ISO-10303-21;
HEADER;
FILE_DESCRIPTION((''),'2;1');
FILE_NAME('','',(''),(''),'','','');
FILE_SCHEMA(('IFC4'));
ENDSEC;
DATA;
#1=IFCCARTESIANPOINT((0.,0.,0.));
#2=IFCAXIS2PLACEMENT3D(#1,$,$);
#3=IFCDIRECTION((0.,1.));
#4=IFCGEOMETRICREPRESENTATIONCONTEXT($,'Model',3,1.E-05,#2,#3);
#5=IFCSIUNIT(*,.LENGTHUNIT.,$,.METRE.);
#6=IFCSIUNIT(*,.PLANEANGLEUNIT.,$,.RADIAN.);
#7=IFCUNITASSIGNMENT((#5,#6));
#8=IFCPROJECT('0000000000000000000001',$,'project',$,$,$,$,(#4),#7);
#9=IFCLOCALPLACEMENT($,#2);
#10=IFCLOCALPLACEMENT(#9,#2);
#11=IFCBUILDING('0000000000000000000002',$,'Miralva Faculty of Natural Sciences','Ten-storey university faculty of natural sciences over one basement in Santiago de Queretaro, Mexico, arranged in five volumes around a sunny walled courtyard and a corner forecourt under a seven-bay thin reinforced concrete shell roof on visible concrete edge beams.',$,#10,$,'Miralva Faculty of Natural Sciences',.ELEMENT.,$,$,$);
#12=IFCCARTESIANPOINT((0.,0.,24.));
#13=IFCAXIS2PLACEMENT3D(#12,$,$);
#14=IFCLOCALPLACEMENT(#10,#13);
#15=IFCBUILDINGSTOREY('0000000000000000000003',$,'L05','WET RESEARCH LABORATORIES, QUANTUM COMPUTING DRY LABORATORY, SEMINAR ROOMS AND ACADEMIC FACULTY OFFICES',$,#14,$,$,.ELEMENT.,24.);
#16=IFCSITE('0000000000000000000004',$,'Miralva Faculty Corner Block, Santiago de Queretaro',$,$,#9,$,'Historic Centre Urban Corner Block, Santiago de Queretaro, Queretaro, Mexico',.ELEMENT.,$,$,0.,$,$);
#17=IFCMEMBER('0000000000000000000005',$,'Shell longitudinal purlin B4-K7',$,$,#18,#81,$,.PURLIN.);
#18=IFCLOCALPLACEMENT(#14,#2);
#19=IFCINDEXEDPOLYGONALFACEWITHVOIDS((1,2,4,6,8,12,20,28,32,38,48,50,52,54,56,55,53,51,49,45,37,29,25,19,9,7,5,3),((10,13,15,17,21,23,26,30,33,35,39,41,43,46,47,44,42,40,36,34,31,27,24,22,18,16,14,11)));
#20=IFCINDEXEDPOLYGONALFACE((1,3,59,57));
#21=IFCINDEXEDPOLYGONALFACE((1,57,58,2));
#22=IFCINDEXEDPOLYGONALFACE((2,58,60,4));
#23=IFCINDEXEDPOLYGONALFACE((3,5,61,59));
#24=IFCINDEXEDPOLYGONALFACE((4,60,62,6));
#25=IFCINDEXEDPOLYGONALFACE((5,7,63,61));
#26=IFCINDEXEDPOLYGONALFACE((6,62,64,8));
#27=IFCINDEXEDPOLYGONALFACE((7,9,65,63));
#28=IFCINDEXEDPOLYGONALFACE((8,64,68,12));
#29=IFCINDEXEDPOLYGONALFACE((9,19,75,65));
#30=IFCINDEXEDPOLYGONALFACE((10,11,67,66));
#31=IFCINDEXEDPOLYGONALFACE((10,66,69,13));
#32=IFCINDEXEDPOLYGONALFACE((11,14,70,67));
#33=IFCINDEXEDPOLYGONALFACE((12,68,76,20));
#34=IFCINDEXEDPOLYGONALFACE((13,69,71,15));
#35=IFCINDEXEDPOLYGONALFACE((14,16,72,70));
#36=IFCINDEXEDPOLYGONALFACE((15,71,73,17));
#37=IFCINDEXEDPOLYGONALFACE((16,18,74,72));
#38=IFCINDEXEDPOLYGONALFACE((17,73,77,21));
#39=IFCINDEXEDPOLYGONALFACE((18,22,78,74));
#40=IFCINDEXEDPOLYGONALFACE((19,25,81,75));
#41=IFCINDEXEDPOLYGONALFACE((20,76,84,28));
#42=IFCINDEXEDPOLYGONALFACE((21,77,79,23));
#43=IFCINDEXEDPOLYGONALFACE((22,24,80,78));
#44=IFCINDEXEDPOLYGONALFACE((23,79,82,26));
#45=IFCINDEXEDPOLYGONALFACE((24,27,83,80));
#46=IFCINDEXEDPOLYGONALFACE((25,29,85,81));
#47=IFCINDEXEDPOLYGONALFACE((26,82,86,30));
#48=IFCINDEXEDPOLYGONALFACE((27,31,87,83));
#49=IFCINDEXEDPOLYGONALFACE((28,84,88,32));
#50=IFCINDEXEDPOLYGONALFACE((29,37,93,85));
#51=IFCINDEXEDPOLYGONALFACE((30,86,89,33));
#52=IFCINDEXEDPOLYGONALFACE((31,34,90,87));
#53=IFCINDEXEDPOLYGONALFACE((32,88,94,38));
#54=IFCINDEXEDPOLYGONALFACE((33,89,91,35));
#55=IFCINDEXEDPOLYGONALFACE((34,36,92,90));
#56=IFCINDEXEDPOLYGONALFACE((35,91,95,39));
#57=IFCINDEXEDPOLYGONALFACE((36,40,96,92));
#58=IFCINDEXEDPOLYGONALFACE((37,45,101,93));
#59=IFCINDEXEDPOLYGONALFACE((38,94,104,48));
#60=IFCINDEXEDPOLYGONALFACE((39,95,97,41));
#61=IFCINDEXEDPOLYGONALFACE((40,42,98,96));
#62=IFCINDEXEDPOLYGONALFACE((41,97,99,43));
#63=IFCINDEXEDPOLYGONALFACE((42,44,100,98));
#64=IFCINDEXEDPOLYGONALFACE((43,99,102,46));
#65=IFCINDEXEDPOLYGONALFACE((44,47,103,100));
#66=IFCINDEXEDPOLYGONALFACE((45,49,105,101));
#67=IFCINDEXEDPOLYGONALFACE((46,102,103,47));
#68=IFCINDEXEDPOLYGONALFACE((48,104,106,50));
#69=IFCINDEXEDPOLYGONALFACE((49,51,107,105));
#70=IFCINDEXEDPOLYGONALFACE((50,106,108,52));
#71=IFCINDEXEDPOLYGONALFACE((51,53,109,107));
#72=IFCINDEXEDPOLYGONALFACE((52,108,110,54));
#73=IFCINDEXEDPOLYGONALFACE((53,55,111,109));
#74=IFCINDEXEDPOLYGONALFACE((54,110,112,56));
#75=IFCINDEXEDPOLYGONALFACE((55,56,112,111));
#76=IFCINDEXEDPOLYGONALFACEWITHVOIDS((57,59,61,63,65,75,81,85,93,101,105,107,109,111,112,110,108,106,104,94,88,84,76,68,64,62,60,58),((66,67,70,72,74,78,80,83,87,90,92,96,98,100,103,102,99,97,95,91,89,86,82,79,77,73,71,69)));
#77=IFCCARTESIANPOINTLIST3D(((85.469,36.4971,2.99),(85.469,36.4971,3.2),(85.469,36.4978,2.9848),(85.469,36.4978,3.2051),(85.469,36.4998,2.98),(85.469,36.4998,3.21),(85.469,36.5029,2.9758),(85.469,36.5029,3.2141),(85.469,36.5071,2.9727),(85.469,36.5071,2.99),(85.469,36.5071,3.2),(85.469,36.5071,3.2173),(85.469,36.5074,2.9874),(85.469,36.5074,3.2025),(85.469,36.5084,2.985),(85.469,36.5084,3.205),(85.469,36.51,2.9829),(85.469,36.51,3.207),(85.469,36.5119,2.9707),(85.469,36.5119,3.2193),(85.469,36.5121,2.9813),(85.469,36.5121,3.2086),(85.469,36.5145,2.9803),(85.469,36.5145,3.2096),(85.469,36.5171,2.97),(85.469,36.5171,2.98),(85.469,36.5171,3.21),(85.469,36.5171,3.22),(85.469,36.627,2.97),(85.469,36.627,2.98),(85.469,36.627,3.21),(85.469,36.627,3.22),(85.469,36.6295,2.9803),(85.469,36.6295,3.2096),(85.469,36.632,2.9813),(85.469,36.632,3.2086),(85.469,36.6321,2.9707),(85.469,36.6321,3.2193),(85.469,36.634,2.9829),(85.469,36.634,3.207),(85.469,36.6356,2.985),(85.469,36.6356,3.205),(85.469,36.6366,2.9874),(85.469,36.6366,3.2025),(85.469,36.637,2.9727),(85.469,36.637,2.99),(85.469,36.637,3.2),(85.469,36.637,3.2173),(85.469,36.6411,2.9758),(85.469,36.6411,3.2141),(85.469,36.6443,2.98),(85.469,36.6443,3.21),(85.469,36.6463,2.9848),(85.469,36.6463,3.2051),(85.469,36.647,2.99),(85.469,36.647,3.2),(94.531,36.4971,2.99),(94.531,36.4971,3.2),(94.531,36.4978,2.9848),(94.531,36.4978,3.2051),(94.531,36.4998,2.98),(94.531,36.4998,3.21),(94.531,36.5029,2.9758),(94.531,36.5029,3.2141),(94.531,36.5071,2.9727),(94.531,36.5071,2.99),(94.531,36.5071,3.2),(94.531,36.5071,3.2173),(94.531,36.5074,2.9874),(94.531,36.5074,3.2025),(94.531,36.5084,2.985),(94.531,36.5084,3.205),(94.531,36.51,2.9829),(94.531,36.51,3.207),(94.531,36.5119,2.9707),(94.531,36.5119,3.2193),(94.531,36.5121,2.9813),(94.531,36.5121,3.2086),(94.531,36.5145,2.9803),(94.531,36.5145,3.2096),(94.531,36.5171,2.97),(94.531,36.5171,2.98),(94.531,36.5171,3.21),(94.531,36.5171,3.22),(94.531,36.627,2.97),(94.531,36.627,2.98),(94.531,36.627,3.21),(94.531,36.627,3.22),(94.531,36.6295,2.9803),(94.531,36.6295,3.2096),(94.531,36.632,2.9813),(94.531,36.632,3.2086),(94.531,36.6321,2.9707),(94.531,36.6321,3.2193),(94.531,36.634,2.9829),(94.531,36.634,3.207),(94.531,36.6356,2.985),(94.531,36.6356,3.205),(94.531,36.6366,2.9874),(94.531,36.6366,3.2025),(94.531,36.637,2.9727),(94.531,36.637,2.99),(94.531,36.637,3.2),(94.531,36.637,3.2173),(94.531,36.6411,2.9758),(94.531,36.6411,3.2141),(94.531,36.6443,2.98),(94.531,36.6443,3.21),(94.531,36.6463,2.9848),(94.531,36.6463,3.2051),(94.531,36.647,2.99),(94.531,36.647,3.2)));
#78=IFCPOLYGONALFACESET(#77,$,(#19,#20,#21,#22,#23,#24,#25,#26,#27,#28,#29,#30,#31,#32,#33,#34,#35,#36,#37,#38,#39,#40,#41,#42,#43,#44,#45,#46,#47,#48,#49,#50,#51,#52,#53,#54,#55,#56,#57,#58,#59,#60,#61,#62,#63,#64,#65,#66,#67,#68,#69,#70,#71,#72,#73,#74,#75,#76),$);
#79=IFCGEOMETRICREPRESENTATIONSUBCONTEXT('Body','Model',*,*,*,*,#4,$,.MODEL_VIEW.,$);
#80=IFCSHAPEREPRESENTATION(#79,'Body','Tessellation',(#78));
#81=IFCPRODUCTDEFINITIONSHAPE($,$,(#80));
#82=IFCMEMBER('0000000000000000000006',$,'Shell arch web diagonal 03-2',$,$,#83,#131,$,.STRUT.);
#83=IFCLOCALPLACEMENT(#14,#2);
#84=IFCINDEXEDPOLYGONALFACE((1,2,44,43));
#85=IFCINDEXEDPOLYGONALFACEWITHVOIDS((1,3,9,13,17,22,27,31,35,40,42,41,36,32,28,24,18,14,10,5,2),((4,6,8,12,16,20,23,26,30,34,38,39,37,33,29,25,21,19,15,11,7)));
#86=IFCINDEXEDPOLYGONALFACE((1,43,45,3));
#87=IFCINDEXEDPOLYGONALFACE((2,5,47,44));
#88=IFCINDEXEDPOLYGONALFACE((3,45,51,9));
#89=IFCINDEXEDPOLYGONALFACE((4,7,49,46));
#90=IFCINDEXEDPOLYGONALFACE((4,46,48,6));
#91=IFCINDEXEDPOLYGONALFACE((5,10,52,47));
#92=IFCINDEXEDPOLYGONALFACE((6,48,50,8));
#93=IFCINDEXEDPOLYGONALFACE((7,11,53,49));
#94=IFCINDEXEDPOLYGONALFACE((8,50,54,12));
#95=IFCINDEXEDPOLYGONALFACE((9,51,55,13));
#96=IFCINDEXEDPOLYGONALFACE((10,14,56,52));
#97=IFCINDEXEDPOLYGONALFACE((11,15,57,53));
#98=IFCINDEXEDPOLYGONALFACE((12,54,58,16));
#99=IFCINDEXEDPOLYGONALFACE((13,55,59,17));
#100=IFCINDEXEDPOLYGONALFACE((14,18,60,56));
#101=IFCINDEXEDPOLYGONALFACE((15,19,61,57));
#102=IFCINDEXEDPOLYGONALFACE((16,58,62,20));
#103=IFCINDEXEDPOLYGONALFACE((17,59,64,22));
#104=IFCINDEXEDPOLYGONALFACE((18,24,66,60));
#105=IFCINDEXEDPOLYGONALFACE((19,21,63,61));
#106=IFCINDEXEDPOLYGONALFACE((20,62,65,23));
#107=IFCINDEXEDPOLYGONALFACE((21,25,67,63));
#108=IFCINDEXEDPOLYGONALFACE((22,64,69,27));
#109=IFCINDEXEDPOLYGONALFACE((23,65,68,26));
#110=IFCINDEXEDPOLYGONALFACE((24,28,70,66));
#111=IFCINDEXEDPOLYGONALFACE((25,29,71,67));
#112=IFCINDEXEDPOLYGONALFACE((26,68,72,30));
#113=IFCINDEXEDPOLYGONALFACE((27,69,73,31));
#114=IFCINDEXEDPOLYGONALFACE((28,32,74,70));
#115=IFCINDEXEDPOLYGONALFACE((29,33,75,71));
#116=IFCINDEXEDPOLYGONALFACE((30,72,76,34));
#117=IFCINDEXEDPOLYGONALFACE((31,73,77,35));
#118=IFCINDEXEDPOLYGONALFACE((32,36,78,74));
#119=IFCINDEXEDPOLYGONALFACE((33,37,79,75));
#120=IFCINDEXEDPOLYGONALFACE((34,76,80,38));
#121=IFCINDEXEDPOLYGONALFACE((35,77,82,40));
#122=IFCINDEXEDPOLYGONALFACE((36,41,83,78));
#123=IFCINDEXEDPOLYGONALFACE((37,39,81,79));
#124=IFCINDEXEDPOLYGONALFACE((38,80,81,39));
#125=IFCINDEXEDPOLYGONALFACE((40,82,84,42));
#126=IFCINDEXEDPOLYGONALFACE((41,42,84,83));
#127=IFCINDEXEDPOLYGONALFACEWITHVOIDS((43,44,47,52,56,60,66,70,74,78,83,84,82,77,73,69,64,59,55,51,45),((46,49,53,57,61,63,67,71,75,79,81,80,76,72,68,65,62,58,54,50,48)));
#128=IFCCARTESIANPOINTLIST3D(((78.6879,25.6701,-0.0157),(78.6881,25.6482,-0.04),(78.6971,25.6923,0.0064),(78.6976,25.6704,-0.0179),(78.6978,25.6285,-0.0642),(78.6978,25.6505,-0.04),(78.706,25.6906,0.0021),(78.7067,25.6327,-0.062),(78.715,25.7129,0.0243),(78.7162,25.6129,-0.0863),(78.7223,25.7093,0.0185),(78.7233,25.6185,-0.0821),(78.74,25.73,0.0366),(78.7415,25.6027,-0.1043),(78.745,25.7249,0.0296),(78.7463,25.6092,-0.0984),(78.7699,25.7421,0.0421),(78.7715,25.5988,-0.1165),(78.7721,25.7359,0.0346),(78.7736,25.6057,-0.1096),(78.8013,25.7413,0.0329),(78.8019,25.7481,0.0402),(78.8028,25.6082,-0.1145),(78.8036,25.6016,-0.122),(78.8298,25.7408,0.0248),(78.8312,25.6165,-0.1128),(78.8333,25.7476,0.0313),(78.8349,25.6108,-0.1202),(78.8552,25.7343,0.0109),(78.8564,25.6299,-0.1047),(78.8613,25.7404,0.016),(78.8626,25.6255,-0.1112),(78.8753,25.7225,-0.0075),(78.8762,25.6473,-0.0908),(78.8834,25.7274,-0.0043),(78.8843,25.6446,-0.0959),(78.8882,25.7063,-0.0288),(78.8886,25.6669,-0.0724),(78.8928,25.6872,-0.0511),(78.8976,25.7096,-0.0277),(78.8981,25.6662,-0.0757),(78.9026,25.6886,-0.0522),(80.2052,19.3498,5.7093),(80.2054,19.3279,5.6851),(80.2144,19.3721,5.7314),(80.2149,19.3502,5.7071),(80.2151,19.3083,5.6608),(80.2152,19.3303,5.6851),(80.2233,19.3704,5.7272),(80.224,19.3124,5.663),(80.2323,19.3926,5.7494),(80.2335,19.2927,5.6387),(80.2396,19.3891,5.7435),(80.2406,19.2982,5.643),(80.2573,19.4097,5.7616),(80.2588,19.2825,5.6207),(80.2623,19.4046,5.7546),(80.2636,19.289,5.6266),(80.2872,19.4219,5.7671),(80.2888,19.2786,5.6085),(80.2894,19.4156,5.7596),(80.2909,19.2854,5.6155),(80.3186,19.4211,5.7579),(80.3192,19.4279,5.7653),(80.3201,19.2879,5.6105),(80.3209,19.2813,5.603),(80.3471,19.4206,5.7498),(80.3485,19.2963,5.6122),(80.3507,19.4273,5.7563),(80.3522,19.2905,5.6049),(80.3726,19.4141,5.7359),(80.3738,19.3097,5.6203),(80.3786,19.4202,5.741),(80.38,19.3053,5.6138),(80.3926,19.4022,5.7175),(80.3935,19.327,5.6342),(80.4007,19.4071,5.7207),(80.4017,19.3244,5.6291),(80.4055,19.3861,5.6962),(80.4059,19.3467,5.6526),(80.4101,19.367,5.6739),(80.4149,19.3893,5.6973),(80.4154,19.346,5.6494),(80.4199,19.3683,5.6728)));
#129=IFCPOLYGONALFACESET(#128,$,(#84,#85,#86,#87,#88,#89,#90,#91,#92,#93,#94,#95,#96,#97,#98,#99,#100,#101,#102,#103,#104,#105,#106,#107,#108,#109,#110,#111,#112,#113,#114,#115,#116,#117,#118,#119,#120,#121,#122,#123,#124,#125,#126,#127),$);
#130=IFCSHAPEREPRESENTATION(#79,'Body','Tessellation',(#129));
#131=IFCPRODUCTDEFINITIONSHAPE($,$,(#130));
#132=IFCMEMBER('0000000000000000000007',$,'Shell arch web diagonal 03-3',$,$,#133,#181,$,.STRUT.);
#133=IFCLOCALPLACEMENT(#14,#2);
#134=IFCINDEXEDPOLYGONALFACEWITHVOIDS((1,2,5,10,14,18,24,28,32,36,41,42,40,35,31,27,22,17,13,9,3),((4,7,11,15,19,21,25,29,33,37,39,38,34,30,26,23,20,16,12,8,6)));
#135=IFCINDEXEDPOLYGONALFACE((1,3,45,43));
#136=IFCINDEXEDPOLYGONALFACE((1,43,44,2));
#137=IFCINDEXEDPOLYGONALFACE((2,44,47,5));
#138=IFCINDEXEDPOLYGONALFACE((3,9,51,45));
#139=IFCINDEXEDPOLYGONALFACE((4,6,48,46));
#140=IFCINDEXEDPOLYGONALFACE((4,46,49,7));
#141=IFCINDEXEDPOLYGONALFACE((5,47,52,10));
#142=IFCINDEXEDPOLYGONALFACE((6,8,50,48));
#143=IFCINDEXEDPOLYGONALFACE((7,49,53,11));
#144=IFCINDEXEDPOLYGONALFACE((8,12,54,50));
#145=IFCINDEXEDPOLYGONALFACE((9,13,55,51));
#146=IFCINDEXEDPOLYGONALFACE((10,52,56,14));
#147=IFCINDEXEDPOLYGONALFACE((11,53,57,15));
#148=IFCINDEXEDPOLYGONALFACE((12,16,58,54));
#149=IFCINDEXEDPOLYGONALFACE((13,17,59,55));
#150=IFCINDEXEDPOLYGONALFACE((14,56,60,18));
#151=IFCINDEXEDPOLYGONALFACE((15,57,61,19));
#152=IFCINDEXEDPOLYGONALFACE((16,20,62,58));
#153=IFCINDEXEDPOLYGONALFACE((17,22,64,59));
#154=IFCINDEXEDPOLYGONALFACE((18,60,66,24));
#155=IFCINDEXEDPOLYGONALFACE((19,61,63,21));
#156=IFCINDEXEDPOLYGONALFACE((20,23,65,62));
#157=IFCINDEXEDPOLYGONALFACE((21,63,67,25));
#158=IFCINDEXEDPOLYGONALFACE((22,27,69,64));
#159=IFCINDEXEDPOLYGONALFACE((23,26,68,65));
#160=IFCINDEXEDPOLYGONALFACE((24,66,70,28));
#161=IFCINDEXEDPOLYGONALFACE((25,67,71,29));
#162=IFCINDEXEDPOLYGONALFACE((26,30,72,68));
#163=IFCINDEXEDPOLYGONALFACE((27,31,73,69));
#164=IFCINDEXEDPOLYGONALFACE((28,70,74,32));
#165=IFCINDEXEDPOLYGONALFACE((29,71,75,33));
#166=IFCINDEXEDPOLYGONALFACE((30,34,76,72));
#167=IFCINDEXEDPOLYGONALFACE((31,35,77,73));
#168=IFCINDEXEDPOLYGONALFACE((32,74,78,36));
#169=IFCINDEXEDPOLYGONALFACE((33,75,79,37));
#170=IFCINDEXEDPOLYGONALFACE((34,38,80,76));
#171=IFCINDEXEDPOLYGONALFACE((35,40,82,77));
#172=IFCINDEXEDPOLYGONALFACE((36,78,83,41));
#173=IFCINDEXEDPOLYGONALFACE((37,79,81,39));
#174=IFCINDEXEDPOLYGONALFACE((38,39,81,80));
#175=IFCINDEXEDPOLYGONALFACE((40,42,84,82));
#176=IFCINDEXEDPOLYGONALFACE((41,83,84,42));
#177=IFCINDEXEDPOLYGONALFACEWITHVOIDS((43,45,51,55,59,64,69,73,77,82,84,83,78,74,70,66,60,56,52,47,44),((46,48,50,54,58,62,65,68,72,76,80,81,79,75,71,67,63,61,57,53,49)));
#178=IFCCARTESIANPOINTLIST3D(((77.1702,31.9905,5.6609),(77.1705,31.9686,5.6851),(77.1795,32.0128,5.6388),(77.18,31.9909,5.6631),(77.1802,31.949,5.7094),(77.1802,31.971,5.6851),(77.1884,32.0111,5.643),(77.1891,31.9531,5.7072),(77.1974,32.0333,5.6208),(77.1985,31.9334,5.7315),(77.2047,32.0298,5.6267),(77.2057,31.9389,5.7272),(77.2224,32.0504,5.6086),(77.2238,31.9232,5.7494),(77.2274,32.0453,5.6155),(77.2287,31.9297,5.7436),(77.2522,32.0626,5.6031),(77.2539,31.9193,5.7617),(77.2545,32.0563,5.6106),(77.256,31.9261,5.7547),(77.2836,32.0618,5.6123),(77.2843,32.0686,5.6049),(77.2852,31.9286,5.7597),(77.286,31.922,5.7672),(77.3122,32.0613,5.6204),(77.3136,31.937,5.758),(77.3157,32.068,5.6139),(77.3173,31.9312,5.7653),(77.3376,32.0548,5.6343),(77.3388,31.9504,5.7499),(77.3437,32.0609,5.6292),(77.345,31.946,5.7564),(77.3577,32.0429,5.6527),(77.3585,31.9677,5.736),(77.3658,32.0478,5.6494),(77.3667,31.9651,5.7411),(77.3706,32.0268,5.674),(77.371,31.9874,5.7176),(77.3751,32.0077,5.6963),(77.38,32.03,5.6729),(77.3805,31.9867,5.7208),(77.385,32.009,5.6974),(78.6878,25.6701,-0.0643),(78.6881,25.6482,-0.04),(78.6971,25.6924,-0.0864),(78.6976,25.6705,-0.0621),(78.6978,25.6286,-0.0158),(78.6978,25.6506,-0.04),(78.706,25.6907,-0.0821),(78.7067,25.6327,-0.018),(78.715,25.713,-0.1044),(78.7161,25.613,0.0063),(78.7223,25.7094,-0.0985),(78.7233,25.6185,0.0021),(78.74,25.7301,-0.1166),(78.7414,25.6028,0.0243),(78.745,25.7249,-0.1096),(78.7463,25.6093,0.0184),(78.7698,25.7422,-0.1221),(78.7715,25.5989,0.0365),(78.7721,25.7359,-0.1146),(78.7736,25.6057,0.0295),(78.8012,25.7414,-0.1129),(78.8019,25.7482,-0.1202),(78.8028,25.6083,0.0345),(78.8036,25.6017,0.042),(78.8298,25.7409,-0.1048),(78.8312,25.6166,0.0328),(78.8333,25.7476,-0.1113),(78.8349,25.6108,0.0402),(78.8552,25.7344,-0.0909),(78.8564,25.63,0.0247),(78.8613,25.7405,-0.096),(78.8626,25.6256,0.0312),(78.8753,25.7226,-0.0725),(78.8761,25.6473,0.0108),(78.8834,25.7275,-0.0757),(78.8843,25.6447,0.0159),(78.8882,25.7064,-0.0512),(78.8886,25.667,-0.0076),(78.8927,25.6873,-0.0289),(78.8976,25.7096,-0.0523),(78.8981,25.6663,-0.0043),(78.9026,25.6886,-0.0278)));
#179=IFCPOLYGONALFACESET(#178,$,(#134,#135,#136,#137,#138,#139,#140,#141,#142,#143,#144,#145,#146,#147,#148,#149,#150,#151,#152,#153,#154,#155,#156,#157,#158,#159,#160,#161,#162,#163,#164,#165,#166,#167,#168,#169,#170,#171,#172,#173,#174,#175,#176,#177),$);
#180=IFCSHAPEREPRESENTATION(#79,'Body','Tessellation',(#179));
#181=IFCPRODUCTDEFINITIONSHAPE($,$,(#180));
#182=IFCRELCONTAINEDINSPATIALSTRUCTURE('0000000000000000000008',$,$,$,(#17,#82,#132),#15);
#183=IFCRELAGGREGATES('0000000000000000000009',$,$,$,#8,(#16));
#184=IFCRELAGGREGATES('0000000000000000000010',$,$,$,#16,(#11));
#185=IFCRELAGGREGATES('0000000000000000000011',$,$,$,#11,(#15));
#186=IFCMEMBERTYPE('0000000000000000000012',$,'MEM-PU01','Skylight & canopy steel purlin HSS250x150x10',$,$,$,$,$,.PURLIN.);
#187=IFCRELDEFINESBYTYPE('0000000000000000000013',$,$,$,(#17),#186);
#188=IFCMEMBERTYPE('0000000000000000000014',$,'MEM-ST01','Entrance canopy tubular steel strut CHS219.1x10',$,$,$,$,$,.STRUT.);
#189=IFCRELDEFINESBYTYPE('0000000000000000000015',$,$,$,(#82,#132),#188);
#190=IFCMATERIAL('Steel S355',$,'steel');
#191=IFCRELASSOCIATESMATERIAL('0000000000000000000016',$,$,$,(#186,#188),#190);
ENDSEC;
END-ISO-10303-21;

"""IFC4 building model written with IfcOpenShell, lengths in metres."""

from ifc_helpers import new_model, si_unit, direction, frame, origin, origin_2d, place, context, subcontext, project, spatial, hollow_rectangle, hollow_circle, extrude, material, material_profile, profile_set, type_object, element, save


model = new_model("IFC4")

# Units and contexts
model_context = context("Model", 3, precision=1e-05, world=origin(), true_north=direction((0.0, 1.0)))
body_context = subcontext(model_context, "Body", "Model", "MODEL_VIEW")
ifc_project = project(units=[si_unit("LENGTHUNIT", "METRE"), si_unit("PLANEANGLEUNIT", "RADIAN")], contexts=[model_context])

# Site, building, storey
site_placement = place(None, origin())
site = spatial("IfcSite", under=ifc_project, at=site_placement, Name="Miralva Faculty Corner Block, Santiago de Queretaro", LongName="Historic Centre Urban Corner Block, Santiago de Queretaro, Queretaro, Mexico", CompositionType="ELEMENT", RefElevation=0.0)
building_placement = place(site_placement, origin())
building = spatial("IfcBuilding", under=site, at=building_placement, Name="Miralva Faculty of Natural Sciences", Description="Ten-storey university faculty of natural sciences over one basement in Santiago de Queretaro, Mexico, arranged in five volumes around a sunny walled courtyard and a corner forecourt under a seven-bay thin reinforced concrete shell roof on visible concrete edge beams.", LongName="Miralva Faculty of Natural Sciences", CompositionType="ELEMENT")
storey_placement = place(building_placement, frame((0.0, 0.0, 24.0)))
storey = spatial("IfcBuildingStorey", under=building, at=storey_placement, Name="L05", Description="WET RESEARCH LABORATORIES, QUANTUM COMPUTING DRY LABORATORY, SEMINAR ROOMS AND ACADEMIC FACULTY OFFICES", CompositionType="ELEMENT", Elevation=24.0)

# Shared definitions
ifc_material_1 = material(Name="Steel S355", Category="steel")

# Members
ifc_material_profile_1 = material_profile(ifc_material_1, hollow_rectangle(XDim=0.1499, YDim=0.25, WallThickness=0.01, InnerFilletRadius=0.01, OuterFilletRadius=0.02, at=origin_2d()), Name="HSS 250x150x10")
ifc_profile_set_1 = profile_set([ifc_material_profile_1], Name="Steel S355")
member_type_1 = type_object("IfcMemberType", Name="MEM-PU01", Description="Skylight & canopy steel purlin HSS250x150x10", PredefinedType="PURLIN", material=ifc_profile_set_1)
member_1_placement = place(storey_placement, frame((85.469, 36.572, 3.095), z_axis=(1.0, 0.0, 0.0), x_axis=(0.0, 1.0, 0.0)))
element("IfcMember", 1, at=member_1_placement, inside=storey, type_object=member_type_1, Name="Shell longitudinal purlin B4-K7", PredefinedType="PURLIN", context=body_context, shape_type="SweptSolid", body=[
    extrude(hollow_rectangle(XDim=0.1499, YDim=0.25, WallThickness=0.01, InnerFilletRadius=0.01, OuterFilletRadius=0.02, at=origin_2d()), origin(), (0.0, 0.0, 1.0), 9.062),
])
ifc_material_profile_2 = material_profile(ifc_material_1, hollow_circle(Radius=0.1096, WallThickness=0.01, at=origin_2d()), Name="CHS 219.1x10")
ifc_profile_set_2 = profile_set([ifc_material_profile_2], Name="Steel S355")
member_type_2 = type_object("IfcMemberType", Name="MEM-ST01", Description="Entrance canopy tubular steel strut CHS219.1x10", PredefinedType="STRUT", material=ifc_profile_set_2)
member_2_placement = place(storey_placement, frame((80.312, 19.3535, 5.6851), z_axis=(-0.175177, 0.729683, -0.660965), x_axis=(-0.972371, -0.23344, 0.0)))
element("IfcMember", 2, at=member_2_placement, inside=storey, type_object=member_type_2, Name="Shell arch web diagonal 03-2", PredefinedType="STRUT", context=body_context, shape_type="SweptSolid", body=[
    extrude(hollow_circle(Radius=0.1096, WallThickness=0.01, at=origin_2d()), origin(), (0.0, 0.0, 1.0), 8.6616),
])
for number, where, z_axis, x_axis, name in (
    (3, (78.7947, 25.6738, -0.04), (-0.175204, 0.72968, 0.660962), (-0.972363, -0.233475, 0.0), "Shell arch web diagonal 03-3"),
):
    element("IfcMember", number, at=place(storey_placement, frame(where, z_axis=z_axis, x_axis=x_axis)), inside=storey, type_object=member_type_2, Name=name, PredefinedType="STRUT", context=body_context, shape_type="SweptSolid", body=[
        extrude(hollow_circle(Radius=0.1096, WallThickness=0.01, at=origin_2d()), origin(), (0.0, 0.0, 1.0), 8.6619),
    ])

save(model, "model.ifc")
